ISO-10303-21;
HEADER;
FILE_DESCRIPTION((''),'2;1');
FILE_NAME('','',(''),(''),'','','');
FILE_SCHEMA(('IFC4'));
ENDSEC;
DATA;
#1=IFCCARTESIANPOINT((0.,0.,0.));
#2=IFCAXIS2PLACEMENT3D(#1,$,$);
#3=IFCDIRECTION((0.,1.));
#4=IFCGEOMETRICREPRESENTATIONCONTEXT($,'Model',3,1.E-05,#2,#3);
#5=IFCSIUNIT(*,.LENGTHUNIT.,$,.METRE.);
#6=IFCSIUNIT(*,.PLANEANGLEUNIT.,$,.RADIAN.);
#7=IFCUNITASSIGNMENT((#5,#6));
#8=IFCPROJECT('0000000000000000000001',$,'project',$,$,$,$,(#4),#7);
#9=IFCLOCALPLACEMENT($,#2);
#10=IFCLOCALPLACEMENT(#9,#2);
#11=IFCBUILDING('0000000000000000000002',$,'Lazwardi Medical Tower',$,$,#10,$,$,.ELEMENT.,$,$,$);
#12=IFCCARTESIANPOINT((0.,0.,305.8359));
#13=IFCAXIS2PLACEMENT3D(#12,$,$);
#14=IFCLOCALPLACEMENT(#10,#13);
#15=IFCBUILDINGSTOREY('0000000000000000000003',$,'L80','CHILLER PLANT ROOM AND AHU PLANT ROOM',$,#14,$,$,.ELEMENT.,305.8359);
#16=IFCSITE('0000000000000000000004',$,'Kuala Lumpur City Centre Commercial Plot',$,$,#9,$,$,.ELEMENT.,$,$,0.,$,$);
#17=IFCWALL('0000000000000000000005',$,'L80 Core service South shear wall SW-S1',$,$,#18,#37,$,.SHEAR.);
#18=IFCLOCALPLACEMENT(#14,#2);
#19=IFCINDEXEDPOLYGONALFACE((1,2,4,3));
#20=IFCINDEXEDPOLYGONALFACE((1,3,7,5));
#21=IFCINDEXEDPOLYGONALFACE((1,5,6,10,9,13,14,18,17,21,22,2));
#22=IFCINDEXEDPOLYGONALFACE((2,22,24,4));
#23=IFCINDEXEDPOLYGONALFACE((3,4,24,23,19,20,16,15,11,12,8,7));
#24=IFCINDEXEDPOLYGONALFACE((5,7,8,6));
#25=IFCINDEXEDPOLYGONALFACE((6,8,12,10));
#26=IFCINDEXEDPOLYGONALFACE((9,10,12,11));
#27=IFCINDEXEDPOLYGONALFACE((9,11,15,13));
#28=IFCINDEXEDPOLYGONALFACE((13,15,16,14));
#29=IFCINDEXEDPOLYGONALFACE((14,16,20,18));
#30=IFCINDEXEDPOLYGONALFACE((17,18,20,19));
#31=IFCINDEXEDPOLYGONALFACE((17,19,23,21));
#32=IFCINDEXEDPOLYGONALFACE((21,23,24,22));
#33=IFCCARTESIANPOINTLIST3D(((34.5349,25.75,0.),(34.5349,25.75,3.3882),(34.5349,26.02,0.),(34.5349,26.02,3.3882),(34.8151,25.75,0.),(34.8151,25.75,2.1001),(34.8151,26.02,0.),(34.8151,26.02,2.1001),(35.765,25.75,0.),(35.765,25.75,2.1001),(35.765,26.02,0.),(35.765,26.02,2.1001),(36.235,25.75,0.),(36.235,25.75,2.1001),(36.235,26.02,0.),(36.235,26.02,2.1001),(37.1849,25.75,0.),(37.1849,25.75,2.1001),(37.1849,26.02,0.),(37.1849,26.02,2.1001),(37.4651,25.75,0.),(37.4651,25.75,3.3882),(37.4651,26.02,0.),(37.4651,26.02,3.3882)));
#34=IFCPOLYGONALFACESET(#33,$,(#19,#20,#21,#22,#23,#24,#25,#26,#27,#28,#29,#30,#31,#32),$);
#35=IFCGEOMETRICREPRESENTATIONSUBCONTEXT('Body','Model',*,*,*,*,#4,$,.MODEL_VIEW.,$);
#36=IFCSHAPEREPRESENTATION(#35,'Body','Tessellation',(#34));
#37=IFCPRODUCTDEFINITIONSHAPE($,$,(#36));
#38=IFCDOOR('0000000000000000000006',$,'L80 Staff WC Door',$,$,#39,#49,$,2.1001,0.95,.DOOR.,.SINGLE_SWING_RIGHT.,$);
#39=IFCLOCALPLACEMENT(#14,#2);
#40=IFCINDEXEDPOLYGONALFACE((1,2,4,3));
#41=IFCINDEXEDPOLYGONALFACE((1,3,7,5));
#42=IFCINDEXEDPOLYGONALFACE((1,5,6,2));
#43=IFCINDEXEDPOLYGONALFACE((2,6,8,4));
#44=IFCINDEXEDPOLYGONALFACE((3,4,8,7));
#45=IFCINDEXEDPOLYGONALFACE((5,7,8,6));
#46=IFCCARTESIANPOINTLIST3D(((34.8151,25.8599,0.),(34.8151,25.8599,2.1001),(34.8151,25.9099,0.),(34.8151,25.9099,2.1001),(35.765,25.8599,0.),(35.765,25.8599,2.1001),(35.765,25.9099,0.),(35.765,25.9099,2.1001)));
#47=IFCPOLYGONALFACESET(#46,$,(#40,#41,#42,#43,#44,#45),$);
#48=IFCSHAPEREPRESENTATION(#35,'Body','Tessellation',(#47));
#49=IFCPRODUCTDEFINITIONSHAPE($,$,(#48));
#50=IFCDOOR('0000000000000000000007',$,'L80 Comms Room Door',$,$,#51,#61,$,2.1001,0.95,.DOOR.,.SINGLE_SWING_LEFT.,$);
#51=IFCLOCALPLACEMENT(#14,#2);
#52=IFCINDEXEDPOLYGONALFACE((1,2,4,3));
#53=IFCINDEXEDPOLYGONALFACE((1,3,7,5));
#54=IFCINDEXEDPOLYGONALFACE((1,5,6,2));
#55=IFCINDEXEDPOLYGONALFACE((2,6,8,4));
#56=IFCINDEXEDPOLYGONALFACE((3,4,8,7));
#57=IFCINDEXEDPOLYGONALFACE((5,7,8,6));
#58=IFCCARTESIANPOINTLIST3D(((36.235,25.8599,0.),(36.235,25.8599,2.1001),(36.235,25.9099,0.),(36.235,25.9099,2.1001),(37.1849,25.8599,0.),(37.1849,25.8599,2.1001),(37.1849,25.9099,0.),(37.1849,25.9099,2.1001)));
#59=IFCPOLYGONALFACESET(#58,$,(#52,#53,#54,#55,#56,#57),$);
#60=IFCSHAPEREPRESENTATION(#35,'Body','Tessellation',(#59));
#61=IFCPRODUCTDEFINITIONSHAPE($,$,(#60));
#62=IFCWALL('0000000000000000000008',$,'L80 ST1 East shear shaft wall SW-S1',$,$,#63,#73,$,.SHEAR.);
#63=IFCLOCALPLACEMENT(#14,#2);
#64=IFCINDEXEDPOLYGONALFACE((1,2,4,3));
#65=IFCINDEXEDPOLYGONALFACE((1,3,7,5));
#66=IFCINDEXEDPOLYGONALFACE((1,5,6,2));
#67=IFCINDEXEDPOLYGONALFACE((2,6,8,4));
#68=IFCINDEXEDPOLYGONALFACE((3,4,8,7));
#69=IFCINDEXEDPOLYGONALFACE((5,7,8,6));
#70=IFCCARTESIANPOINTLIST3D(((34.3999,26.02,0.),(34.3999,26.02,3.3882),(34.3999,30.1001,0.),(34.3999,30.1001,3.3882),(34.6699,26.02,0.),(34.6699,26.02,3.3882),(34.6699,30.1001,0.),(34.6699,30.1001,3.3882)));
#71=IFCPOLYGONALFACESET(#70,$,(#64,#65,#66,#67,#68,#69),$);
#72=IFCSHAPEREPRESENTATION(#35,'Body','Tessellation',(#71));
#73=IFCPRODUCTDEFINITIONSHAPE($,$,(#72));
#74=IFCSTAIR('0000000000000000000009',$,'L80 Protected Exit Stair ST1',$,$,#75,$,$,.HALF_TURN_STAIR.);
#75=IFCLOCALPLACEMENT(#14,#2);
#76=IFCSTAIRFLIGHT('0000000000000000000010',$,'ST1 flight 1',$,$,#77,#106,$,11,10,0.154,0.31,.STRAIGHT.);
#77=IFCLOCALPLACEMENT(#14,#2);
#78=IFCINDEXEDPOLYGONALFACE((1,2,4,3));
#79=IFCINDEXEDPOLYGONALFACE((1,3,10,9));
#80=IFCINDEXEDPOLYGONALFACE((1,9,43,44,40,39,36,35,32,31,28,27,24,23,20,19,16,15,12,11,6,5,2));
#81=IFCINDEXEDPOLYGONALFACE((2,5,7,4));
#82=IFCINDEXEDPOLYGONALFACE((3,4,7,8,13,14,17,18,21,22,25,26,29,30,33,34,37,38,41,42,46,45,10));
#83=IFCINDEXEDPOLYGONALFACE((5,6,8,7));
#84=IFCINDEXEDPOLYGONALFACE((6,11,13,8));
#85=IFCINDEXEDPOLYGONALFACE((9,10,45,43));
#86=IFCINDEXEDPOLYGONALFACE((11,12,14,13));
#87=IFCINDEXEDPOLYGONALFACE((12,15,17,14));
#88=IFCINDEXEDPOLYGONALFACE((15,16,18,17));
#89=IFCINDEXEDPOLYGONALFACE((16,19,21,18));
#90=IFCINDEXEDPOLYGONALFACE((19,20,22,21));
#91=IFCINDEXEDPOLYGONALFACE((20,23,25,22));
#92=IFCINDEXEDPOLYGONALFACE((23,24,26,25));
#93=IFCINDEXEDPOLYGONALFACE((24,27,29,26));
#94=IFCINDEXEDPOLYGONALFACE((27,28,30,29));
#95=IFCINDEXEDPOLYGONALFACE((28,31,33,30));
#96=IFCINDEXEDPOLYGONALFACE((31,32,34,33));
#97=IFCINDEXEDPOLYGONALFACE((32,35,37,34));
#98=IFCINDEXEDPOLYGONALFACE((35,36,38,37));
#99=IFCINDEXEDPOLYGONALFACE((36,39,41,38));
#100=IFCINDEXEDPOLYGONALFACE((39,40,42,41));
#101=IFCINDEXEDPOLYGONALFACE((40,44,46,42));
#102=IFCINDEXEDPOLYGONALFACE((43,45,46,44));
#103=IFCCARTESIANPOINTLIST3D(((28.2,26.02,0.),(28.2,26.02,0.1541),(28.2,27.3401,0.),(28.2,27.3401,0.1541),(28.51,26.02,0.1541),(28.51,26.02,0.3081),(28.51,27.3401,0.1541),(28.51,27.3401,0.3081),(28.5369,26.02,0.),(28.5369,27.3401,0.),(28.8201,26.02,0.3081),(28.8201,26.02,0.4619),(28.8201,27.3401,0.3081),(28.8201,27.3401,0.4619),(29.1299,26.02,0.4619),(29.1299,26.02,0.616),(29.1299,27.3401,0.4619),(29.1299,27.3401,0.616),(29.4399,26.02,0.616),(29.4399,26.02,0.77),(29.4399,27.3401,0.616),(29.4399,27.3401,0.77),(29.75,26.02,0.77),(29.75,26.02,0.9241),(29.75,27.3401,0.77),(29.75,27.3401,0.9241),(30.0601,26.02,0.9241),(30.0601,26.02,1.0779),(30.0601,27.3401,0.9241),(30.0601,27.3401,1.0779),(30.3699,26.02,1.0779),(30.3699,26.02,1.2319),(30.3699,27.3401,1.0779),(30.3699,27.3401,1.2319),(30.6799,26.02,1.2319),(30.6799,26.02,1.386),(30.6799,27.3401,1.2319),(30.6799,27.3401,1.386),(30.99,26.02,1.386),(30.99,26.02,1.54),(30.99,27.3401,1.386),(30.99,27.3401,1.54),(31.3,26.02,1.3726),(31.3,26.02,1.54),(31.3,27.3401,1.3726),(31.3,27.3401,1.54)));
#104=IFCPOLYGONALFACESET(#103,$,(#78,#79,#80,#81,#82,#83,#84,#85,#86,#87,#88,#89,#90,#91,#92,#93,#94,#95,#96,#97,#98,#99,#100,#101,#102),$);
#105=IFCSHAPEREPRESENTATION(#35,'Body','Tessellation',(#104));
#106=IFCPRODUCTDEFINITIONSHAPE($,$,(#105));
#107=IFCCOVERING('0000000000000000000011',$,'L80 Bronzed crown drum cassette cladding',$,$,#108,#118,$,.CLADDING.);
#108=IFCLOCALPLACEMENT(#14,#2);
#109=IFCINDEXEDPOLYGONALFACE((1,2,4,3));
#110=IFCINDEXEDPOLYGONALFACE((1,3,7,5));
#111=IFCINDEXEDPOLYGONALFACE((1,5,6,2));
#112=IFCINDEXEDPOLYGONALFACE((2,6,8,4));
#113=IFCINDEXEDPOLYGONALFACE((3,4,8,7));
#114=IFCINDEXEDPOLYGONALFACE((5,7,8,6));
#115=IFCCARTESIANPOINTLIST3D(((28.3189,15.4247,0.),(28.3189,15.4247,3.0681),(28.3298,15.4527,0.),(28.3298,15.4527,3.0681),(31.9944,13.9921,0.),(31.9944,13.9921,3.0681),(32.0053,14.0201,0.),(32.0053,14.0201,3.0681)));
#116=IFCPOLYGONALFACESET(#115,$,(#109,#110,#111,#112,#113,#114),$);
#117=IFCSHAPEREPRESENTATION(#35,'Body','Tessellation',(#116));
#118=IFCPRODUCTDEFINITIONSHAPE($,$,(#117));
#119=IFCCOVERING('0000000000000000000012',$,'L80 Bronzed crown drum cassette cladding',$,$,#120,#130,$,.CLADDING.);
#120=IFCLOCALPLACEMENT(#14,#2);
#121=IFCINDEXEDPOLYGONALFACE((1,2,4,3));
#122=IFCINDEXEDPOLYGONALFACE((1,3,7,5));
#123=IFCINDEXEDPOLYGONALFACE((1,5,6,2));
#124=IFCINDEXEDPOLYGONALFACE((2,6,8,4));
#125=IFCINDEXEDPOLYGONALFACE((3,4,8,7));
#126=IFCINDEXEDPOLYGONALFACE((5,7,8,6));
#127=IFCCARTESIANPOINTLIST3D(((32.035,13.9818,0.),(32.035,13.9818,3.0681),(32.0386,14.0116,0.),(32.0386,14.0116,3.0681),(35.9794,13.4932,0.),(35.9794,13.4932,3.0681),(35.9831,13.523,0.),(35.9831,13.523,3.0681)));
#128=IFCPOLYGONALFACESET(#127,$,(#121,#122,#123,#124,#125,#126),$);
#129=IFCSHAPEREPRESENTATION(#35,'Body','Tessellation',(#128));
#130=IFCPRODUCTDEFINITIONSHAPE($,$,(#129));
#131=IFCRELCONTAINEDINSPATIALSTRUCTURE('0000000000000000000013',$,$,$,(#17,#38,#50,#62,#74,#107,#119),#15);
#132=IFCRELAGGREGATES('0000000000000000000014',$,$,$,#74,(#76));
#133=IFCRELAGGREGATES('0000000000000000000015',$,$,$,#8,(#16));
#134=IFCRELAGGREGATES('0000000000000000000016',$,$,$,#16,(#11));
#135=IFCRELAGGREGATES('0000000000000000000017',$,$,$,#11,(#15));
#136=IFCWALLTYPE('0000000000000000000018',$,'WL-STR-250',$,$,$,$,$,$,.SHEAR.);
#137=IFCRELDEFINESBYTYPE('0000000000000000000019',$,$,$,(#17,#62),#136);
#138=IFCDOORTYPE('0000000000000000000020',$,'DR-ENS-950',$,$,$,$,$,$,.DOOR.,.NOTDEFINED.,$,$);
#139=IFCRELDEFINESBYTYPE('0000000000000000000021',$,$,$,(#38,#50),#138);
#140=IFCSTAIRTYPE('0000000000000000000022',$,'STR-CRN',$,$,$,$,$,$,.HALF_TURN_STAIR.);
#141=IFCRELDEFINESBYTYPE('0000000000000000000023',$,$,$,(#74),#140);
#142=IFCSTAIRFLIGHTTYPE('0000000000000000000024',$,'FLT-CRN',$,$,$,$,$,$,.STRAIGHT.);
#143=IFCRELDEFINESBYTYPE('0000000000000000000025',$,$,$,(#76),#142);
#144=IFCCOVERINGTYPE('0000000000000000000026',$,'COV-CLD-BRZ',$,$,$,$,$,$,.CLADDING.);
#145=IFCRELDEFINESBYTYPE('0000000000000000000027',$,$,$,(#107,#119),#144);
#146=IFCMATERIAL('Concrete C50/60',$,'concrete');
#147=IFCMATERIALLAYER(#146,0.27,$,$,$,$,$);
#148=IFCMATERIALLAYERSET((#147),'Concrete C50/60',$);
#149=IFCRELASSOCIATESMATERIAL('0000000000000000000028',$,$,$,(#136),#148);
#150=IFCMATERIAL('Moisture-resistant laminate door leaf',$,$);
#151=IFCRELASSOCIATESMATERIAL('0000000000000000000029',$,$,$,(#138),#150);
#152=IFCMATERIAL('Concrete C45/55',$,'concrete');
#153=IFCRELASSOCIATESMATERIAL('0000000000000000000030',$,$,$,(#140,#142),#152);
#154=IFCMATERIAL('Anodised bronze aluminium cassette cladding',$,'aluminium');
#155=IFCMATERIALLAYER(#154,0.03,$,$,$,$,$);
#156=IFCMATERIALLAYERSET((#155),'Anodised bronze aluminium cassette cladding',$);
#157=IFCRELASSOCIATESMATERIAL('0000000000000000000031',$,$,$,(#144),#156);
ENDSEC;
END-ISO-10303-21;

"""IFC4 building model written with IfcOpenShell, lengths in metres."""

from ifc_helpers import new_model, si_unit, direction, frame, frame_2d, origin, origin_2d, place, context, subcontext, project, spatial, polyline, rectangle, outline, extrude, material, layer, layer_set, type_object, element, fill, aggregate, save


model = new_model("IFC4")

# Units and contexts
model_context = context("Model", 3, precision=1e-05, world=origin(), true_north=direction((0.0, 1.0)))
body_context = subcontext(model_context, "Body", "Model", "MODEL_VIEW")
ifc_project = project(units=[si_unit("LENGTHUNIT", "METRE"), si_unit("PLANEANGLEUNIT", "RADIAN")], contexts=[model_context])

# Site, building, storey
site_placement = place(None, origin())
site = spatial("IfcSite", under=ifc_project, at=site_placement, Name="Kuala Lumpur City Centre Commercial Plot", CompositionType="ELEMENT", RefElevation=0.0)
building_placement = place(site_placement, origin())
building = spatial("IfcBuilding", under=site, at=building_placement, Name="Lazwardi Medical Tower", CompositionType="ELEMENT")
storey_placement = place(building_placement, frame((0.0, 0.0, 305.8359)))
storey = spatial("IfcBuildingStorey", under=building, at=storey_placement, Name="L80", Description="CHILLER PLANT ROOM AND AHU PLANT ROOM", CompositionType="ELEMENT", Elevation=305.8359)

# Wall, openings, doors
ifc_material_1 = material(Name="Concrete C50/60", Category="concrete")
ifc_layer_1 = layer(ifc_material_1, 0.27)
ifc_layer_set_1 = layer_set([ifc_layer_1], Name="Concrete C50/60")
wall_type_1 = type_object("IfcWallType", Name="WL-STR-250", PredefinedType="SHEAR", material=ifc_layer_set_1)
wall_1_placement = place(storey_placement, frame((34.5349, 25.885, 0.0), z_axis=(0.0, 0.0, 1.0), x_axis=(1.0, 0.0, 0.0)))
wall_1 = element("IfcWall", 1, at=wall_1_placement, inside=storey, type_object=wall_type_1, Name="L80 Core service South shear wall SW-S1", PredefinedType="SHEAR", context=body_context, shape_type="SweptSolid", body=[
    extrude(rectangle(XDim=2.9302, YDim=0.27, at=frame_2d((1.4651, 0.0))), origin(), (0.0, 0.0, 1.0), 3.3882),
])
opening_1_placement = place(wall_1_placement, frame((0.28, 0.0, 0.0)))
opening_1 = element("IfcOpeningElement", 2, at=opening_1_placement, cuts=wall_1, PredefinedType="OPENING", context=body_context, shape_type="SweptSolid", body=[
    extrude(rectangle(XDim=0.95, YDim=2.1001, at=frame_2d((0.4751, 1.05))), frame((0.0, 0.145, 0.0), z_axis=(0.0, -1.0, 0.0), x_axis=(1.0, 0.0, 0.0)), (0.0, 0.0, 1.0), 0.29),
])
opening_2_placement = place(wall_1_placement, frame((1.7, 0.0, 0.0)))
opening_2 = element("IfcOpeningElement", 3, at=opening_2_placement, cuts=wall_1, PredefinedType="OPENING", context=body_context, shape_type="SweptSolid", body=[
    extrude(rectangle(XDim=0.95, YDim=2.1001, at=frame_2d((0.4751, 1.05))), frame((0.0, 0.145, 0.0), z_axis=(0.0, -1.0, 0.0), x_axis=(1.0, 0.0, 0.0)), (0.0, 0.0, 1.0), 0.29),
])
ifc_material_2 = material(Name="Moisture-resistant laminate door leaf")
door_type_1 = type_object("IfcDoorType", Name="DR-ENS-950", OperationType="NOTDEFINED", PredefinedType="DOOR", material=ifc_material_2)
door_1_placement = place(opening_1_placement, origin())
door_1 = element("IfcDoor", 4, at=door_1_placement, inside=storey, type_object=door_type_1, Name="L80 Staff WC Door", OperationType="SINGLE_SWING_RIGHT", OverallHeight=2.1001, OverallWidth=0.95, PredefinedType="DOOR", context=body_context, shape_type="SweptSolid", body=[
    extrude(rectangle(XDim=0.95, YDim=2.1001, at=frame_2d((0.4751, 1.05))), frame((0.0, 0.0249, 0.0), z_axis=(0.0, -1.0, 0.0), x_axis=(1.0, 0.0, 0.0)), (0.0, 0.0, 1.0), 0.05),
])
fill(opening_1, door_1)
door_2_placement = place(opening_2_placement, origin())
door_2 = element("IfcDoor", 5, at=door_2_placement, inside=storey, type_object=door_type_1, Name="L80 Comms Room Door", OperationType="SINGLE_SWING_LEFT", OverallHeight=2.1001, OverallWidth=0.95, PredefinedType="DOOR", context=body_context, shape_type="SweptSolid", body=[
    extrude(rectangle(XDim=0.95, YDim=2.1001, at=frame_2d((0.4751, 1.05))), frame((0.0, 0.0249, 0.0), z_axis=(0.0, -1.0, 0.0), x_axis=(1.0, 0.0, 0.0)), (0.0, 0.0, 1.0), 0.05),
])
fill(opening_2, door_2)

# Wall
wall_2_placement = place(storey_placement, frame((34.5349, 26.02, 0.0), z_axis=(0.0, 0.0, 1.0), x_axis=(0.0, 1.0, 0.0)))
element("IfcWall", 6, at=wall_2_placement, inside=storey, type_object=wall_type_1, Name="L80 ST1 East shear shaft wall SW-S1", PredefinedType="SHEAR", context=body_context, shape_type="SweptSolid", body=[
    extrude(rectangle(XDim=4.0801, YDim=0.27, at=frame_2d((2.04, 0.0))), origin(), (0.0, 0.0, 1.0), 3.3882),
])

# Stair, stair flight
ifc_material_3 = material(Name="Concrete C45/55", Category="concrete")
stair_type = type_object("IfcStairType", Name="STR-CRN", PredefinedType="HALF_TURN_STAIR", material=ifc_material_3)
stair_placement = place(storey_placement, origin())
stair = element("IfcStair", 7, at=stair_placement, inside=storey, type_object=stair_type, Name="L80 Protected Exit Stair ST1", PredefinedType="HALF_TURN_STAIR")
stair_flight_type = type_object("IfcStairFlightType", Name="FLT-CRN", PredefinedType="STRAIGHT", material=ifc_material_3)
stair_flight_placement = place(storey_placement, frame((28.2, 26.6799, 0.0), z_axis=(0.0, 0.0, 1.0), x_axis=(1.0, 0.0, 0.0)))
stair_flight = element("IfcStairFlight", 8, at=stair_flight_placement, type_object=stair_flight_type, Name="ST1 flight 1", NumberOfRisers=11, NumberOfTreads=10, PredefinedType="STRAIGHT", RiserHeight=0.154, TreadLength=0.31, context=body_context, shape_type="SweptSolid", body=[
    extrude(outline(polyline([(0.0, 0.0), (0.0, 0.1541), (0.3101, 0.1541), (0.3101, 0.3081), (0.6201, 0.3081), (0.6201, 0.4619), (0.9299, 0.4619), (0.9299, 0.616), (1.24, 0.616), (1.24, 0.77), (1.55, 0.77), (1.55, 0.9241), (1.8601, 0.9241), (1.8601, 1.0779), (2.1699, 1.0779), (2.1699, 1.2319), (2.48, 1.2319), (2.48, 1.386), (2.79, 1.386), (2.79, 1.54), (3.1001, 1.54), (3.1001, 1.6941), (3.1001, 1.3726), (0.3369, 0.0), (0.0, 0.0)])), frame((0.0, 0.6602, 0.0), z_axis=(0.0, -1.0, 0.0), x_axis=(1.0, 0.0, 0.0)), (0.0, 0.0, 1.0), 1.3201),
])
aggregate(stair, [stair_flight])

# Coverings
ifc_material_4 = material(Name="Anodised bronze aluminium cassette cladding", Category="aluminium")
ifc_layer_2 = layer(ifc_material_4, 0.03)
ifc_layer_set_2 = layer_set([ifc_layer_2], Name="Anodised bronze aluminium cassette cladding")
covering_type = type_object("IfcCoveringType", Name="COV-CLD-BRZ", PredefinedType="CLADDING", material=ifc_layer_set_2)
covering_1_placement = place(storey_placement, frame((30.1621, 14.7224, 0.0), z_axis=(0.0, 0.0, 1.0), x_axis=(0.931731, -0.36315, 0.0)))
element("IfcCovering", 9, at=covering_1_placement, inside=storey, type_object=covering_type, Name="L80 Bronzed crown drum cassette cladding", PredefinedType="CLADDING", context=body_context, shape_type="SweptSolid", body=[
    extrude(rectangle(XDim=3.9448, YDim=0.03, at=origin_2d()), origin(), (0.0, 0.0, 1.0), 3.0681),
])
covering_2_placement = place(storey_placement, frame((34.009, 13.7524, 0.0), z_axis=(0.0, 0.0, 1.0), x_axis=(0.992415, -0.122933, 0.0)))
element("IfcCovering", 10, at=covering_2_placement, inside=storey, type_object=covering_type, Name="L80 Bronzed crown drum cassette cladding", PredefinedType="CLADDING", context=body_context, shape_type="SweptSolid", body=[
    extrude(rectangle(XDim=3.9746, YDim=0.03, at=origin_2d()), origin(), (0.0, 0.0, 1.0), 3.0681),
])

save(model, "model.ifc")
